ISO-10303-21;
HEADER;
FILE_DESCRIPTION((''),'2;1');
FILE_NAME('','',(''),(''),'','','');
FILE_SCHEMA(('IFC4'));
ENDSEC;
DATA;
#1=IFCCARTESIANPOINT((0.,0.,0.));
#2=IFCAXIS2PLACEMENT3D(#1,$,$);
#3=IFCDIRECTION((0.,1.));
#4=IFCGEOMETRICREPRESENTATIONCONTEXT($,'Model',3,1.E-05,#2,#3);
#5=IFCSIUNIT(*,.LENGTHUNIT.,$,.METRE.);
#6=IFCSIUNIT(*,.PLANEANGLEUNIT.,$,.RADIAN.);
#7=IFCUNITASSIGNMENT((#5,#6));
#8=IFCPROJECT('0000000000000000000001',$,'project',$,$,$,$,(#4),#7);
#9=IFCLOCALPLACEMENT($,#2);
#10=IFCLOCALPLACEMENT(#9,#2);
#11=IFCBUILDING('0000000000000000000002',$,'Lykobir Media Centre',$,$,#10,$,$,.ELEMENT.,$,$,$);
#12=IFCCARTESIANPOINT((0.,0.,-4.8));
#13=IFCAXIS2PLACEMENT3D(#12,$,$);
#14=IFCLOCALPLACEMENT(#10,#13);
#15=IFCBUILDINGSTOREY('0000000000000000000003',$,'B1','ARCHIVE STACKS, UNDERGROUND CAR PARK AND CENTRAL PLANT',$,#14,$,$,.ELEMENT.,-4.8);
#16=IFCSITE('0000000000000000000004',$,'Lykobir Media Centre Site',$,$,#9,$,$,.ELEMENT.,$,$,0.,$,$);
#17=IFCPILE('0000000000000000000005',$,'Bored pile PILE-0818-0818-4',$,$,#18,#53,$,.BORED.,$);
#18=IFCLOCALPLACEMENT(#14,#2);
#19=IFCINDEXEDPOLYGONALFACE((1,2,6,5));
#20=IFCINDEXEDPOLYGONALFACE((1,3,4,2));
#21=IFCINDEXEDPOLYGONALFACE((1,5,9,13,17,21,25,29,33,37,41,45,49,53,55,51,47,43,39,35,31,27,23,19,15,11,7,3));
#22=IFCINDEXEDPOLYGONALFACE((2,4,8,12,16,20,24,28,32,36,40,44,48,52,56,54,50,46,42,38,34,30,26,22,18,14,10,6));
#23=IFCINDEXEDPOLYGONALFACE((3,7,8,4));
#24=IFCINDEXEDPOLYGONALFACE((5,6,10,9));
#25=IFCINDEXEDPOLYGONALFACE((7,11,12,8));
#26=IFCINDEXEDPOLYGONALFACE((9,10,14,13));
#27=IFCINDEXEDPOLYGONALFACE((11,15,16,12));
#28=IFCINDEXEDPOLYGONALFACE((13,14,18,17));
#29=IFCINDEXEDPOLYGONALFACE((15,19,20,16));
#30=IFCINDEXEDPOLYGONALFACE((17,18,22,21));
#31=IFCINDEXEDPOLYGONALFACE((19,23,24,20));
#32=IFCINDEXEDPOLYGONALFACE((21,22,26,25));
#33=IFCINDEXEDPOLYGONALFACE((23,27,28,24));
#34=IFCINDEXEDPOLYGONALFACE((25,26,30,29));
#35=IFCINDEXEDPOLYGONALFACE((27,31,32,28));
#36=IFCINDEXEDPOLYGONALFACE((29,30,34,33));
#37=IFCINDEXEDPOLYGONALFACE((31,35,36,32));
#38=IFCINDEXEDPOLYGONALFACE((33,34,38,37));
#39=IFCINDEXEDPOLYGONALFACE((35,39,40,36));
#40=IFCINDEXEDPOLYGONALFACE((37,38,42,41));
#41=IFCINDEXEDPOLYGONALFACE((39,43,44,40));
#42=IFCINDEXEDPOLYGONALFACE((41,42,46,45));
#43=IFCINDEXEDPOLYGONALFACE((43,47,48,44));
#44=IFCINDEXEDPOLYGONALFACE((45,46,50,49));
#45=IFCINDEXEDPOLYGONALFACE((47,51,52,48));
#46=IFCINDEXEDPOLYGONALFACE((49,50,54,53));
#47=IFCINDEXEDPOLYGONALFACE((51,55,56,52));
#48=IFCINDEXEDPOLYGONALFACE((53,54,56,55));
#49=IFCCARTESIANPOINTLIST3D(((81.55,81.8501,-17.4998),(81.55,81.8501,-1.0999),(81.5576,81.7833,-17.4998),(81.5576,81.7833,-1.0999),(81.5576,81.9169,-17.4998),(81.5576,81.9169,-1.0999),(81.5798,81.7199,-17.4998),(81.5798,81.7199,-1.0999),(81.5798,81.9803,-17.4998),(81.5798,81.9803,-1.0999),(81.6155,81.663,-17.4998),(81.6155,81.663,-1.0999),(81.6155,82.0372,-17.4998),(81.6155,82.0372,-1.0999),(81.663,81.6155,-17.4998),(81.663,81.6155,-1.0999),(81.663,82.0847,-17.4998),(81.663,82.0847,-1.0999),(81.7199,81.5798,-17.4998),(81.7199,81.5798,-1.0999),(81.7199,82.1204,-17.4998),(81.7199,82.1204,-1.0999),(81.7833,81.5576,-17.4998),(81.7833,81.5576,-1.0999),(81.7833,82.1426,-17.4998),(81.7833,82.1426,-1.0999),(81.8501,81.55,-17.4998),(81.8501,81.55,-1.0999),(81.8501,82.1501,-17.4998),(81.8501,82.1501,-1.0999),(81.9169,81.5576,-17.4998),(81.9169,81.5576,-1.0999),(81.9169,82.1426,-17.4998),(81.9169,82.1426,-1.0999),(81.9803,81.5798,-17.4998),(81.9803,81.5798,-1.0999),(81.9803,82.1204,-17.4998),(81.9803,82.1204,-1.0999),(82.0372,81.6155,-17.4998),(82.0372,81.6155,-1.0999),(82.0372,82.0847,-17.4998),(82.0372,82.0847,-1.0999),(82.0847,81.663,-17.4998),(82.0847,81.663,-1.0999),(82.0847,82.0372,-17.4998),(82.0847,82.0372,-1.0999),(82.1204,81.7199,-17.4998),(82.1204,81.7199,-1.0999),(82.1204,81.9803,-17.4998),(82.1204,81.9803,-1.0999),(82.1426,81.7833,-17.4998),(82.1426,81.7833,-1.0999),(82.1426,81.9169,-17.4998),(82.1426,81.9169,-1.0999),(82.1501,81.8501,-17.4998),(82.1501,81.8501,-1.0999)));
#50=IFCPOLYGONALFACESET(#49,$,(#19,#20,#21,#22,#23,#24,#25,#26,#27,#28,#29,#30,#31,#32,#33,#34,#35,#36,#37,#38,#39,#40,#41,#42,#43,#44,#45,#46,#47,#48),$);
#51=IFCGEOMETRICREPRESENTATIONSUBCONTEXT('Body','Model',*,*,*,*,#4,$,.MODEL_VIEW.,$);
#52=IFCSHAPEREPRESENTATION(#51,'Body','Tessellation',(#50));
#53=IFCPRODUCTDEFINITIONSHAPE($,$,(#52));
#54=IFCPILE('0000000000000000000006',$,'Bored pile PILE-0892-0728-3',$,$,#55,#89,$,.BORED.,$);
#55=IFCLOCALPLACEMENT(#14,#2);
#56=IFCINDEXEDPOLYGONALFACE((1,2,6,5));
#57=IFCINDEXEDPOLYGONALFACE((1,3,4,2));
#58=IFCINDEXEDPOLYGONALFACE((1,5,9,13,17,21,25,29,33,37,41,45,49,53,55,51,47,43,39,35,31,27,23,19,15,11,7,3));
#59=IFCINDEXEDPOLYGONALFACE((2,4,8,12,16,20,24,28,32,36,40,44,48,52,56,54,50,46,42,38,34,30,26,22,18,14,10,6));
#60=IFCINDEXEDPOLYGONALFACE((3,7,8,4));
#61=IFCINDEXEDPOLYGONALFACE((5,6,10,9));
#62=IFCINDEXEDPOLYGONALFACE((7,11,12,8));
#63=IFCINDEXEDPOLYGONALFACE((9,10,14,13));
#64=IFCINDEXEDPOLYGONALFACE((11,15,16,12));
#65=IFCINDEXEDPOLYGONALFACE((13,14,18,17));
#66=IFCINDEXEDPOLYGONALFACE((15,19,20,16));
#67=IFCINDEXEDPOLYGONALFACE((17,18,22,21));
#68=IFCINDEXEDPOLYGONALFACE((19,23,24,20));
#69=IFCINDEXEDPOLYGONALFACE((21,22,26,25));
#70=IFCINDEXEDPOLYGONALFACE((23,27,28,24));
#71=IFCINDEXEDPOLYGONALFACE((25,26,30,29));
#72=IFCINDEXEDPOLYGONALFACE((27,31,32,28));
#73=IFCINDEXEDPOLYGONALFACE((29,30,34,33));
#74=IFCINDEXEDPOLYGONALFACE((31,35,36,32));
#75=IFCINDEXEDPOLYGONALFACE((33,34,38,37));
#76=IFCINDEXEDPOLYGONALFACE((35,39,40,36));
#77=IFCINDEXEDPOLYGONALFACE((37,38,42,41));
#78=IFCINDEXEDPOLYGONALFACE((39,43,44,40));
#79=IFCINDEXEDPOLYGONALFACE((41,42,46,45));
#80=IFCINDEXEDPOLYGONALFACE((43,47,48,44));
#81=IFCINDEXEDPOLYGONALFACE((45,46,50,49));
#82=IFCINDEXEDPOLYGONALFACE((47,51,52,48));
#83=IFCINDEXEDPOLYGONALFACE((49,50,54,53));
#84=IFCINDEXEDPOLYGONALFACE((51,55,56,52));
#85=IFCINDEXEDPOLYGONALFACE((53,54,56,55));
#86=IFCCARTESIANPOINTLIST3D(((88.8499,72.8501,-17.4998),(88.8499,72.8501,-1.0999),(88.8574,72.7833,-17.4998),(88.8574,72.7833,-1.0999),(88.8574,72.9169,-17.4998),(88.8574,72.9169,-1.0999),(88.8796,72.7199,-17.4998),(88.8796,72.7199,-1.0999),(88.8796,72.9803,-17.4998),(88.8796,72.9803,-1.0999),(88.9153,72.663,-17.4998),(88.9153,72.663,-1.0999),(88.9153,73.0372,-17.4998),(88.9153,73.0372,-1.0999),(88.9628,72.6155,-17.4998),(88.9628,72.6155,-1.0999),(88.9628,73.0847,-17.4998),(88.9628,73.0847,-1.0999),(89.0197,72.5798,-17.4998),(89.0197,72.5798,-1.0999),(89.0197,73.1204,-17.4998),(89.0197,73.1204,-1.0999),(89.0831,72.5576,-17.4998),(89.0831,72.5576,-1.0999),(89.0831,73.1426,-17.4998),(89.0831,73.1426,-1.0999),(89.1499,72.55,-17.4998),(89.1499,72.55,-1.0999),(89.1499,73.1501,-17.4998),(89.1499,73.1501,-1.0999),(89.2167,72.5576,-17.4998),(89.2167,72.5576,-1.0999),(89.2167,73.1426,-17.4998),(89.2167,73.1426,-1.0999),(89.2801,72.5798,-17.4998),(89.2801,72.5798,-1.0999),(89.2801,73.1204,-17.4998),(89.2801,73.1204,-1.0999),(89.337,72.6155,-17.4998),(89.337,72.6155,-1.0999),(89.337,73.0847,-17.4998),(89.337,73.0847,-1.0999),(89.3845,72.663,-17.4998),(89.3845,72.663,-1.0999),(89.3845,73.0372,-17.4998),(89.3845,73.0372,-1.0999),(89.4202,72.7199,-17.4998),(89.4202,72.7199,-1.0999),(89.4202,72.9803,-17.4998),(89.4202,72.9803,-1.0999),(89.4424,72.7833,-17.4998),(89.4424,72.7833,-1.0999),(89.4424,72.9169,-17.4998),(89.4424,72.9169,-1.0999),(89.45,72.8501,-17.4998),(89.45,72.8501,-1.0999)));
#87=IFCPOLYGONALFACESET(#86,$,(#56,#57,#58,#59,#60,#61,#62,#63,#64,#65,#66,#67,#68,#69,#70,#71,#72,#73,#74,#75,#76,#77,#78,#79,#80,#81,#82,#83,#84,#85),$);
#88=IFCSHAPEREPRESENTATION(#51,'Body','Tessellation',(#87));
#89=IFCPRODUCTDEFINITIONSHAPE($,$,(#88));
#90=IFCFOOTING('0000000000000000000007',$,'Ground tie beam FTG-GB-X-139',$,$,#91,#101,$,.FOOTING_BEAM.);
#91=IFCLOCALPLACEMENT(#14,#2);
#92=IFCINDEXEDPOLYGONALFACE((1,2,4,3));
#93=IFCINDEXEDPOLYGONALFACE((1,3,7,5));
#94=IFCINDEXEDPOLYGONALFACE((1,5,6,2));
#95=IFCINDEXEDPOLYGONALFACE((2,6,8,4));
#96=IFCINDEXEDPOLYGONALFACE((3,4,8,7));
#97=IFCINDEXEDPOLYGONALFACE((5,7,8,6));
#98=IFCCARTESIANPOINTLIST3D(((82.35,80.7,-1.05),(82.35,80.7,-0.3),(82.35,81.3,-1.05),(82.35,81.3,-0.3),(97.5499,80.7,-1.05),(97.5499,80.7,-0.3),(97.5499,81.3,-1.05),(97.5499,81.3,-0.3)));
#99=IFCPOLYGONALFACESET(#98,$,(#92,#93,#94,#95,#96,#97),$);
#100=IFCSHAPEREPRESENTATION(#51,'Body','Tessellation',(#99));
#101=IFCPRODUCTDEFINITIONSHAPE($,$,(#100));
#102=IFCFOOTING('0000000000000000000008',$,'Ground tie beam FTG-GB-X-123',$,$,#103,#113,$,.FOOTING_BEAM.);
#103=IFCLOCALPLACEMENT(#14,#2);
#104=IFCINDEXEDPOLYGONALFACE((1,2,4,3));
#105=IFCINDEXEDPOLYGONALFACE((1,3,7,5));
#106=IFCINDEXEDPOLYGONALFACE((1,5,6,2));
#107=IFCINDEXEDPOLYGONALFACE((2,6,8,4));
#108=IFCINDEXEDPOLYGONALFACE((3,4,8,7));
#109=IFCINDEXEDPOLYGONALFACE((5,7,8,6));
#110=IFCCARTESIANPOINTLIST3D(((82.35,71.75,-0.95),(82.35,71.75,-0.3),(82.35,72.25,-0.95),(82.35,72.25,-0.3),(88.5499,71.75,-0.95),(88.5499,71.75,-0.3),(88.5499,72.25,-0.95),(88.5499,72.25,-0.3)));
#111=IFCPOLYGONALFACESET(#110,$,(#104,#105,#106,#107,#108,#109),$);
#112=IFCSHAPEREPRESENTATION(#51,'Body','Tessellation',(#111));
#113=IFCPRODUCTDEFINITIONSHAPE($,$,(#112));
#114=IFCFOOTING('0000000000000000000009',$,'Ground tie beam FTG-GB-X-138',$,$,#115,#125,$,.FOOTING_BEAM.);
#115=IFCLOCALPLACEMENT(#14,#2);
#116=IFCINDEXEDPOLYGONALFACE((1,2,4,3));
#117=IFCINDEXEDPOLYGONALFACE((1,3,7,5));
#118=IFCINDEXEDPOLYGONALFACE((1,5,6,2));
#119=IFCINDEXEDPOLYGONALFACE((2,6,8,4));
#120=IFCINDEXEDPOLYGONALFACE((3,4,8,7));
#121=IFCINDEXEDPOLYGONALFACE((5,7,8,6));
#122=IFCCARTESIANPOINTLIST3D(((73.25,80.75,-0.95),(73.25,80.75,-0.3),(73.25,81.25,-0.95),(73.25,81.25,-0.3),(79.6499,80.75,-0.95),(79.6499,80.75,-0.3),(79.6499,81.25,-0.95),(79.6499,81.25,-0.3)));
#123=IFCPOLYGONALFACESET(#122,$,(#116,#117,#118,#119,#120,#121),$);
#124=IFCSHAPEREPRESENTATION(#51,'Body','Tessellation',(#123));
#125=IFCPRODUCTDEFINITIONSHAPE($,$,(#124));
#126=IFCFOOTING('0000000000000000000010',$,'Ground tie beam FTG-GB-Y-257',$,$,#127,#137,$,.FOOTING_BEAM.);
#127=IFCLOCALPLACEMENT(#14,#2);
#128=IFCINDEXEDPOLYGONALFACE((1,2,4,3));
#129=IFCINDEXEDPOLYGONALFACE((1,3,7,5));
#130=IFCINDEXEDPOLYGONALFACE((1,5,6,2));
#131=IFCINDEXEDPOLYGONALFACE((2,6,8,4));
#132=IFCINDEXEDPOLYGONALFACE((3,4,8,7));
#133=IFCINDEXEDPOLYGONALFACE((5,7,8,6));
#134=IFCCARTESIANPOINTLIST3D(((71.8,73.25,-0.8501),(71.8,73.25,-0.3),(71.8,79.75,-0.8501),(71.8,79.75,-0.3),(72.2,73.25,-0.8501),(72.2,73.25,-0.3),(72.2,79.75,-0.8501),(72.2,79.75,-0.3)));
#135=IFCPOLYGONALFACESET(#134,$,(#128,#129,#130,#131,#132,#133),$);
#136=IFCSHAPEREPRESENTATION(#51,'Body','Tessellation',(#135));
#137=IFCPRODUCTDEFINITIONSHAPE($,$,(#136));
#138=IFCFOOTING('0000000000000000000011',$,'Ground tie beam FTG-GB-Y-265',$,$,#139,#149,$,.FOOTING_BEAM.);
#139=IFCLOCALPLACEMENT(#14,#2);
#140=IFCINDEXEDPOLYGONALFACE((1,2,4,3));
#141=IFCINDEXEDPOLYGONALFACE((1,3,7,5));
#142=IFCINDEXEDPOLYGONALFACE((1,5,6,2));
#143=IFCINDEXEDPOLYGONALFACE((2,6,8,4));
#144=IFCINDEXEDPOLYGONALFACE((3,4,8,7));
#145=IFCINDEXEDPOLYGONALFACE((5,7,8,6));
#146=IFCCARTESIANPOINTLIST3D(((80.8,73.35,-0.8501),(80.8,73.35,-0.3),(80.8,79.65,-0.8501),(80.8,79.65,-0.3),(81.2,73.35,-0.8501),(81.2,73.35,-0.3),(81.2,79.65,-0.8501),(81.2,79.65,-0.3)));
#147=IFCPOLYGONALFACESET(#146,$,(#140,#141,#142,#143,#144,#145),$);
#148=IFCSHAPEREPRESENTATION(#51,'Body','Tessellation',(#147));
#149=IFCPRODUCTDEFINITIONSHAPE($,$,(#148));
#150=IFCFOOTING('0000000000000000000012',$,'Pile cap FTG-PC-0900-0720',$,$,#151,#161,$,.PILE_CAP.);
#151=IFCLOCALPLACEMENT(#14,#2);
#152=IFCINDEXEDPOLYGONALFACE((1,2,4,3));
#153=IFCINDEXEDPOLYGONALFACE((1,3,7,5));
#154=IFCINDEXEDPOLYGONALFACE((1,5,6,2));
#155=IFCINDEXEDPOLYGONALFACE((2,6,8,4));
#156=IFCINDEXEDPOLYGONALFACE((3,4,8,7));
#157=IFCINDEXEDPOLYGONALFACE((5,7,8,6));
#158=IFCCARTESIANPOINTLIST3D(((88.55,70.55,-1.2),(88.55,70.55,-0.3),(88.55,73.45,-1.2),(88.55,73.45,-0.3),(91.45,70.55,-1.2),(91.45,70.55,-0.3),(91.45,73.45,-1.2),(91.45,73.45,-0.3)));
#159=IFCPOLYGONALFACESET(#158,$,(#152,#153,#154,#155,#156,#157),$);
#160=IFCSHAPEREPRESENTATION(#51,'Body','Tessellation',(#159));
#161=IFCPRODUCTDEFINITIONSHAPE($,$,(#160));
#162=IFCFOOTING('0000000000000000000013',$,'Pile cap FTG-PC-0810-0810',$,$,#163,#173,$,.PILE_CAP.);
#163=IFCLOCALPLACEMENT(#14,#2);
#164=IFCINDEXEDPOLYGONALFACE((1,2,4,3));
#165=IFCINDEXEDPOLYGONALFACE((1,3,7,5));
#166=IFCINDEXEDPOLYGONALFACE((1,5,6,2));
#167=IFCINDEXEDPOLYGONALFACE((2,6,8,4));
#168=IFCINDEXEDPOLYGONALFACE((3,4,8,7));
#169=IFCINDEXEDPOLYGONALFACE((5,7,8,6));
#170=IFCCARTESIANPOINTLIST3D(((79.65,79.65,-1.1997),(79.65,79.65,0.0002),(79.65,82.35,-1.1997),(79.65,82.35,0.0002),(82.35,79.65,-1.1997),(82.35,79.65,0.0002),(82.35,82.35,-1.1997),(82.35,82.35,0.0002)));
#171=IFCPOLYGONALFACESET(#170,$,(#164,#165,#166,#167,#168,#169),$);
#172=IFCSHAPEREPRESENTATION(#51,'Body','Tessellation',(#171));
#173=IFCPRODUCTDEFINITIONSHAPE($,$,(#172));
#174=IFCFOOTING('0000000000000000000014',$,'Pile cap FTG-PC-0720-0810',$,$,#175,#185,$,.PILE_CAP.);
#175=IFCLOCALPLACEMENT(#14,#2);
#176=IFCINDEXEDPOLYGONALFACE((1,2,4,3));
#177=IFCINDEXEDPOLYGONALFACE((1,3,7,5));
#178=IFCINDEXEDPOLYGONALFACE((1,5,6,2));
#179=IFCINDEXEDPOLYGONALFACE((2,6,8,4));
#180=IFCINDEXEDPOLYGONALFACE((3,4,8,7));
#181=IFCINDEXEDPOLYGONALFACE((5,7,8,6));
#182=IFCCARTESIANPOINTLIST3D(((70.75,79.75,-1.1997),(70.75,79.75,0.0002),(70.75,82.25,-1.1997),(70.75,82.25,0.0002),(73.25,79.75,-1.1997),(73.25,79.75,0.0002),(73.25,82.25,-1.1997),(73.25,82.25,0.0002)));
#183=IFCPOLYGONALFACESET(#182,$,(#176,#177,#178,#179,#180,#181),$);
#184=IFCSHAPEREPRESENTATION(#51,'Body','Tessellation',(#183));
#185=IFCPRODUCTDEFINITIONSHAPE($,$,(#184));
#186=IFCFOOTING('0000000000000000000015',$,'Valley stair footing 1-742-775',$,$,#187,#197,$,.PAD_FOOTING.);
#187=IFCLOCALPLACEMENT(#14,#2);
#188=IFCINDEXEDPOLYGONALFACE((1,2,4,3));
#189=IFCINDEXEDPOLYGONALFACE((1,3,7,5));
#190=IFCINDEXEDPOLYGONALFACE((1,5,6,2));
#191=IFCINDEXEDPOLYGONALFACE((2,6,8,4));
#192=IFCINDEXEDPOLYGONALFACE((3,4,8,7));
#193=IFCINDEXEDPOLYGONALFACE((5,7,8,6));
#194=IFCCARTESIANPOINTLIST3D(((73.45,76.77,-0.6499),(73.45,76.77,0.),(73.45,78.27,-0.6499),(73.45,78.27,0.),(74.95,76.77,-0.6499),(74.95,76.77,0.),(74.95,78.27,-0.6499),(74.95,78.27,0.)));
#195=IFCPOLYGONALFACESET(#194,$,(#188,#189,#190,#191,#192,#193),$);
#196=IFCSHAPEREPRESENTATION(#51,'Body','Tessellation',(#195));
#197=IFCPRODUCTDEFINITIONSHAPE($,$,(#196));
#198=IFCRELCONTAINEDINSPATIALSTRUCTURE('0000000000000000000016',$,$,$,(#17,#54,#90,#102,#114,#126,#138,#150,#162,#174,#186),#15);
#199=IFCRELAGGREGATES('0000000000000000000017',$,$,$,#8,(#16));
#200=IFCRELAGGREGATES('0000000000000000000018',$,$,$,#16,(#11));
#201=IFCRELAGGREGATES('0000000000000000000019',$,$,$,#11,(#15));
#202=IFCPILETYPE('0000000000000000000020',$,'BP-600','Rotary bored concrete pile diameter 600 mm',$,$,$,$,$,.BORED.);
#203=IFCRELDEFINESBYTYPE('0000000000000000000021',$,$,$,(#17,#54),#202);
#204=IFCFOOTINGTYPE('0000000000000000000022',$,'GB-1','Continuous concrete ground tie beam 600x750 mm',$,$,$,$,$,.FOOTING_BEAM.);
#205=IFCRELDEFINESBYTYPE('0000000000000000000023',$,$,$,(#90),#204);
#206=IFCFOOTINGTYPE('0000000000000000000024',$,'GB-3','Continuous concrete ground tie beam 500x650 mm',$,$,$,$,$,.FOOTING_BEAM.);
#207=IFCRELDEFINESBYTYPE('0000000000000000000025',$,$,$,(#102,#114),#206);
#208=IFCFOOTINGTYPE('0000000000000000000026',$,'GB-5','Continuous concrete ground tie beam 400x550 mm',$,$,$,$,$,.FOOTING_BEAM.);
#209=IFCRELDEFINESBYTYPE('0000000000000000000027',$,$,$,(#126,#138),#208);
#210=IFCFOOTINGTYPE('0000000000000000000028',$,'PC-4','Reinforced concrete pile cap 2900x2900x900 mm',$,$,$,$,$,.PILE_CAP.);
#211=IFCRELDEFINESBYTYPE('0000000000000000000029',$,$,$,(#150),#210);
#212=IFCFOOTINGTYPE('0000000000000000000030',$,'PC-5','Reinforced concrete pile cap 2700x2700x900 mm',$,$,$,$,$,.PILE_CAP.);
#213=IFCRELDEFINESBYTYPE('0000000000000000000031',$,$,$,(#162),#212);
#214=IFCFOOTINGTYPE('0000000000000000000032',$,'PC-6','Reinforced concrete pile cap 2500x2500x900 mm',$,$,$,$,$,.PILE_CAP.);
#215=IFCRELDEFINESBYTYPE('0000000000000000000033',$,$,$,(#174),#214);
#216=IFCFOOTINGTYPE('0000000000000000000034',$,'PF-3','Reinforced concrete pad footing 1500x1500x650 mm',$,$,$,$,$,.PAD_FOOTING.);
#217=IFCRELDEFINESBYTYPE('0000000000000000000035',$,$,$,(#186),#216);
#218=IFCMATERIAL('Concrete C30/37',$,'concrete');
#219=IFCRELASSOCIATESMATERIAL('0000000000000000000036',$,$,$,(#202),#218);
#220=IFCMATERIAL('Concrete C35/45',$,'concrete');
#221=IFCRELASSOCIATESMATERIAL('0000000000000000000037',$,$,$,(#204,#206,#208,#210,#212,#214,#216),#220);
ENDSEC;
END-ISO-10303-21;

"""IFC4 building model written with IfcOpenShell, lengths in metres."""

from ifc_helpers import new_model, si_unit, direction, frame, origin, origin_2d, place, context, subcontext, project, spatial, rectangle, circle, extrude, material, material_profile, profile_set, type_object, element, save


model = new_model("IFC4")

# Units and contexts
model_context = context("Model", 3, precision=1e-05, world=origin(), true_north=direction((0.0, 1.0)))
body_context = subcontext(model_context, "Body", "Model", "MODEL_VIEW")
ifc_project = project(units=[si_unit("LENGTHUNIT", "METRE"), si_unit("PLANEANGLEUNIT", "RADIAN")], contexts=[model_context])

# Site, building, storey
site_placement = place(None, origin())
site = spatial("IfcSite", under=ifc_project, at=site_placement, Name="Lykobir Media Centre Site", CompositionType="ELEMENT", RefElevation=0.0)
building_placement = place(site_placement, origin())
building = spatial("IfcBuilding", under=site, at=building_placement, Name="Lykobir Media Centre", CompositionType="ELEMENT")
storey_placement = place(building_placement, frame((0.0, 0.0, -4.8)))
storey = spatial("IfcBuildingStorey", under=building, at=storey_placement, Name="B1", Description="ARCHIVE STACKS, UNDERGROUND CAR PARK AND CENTRAL PLANT", CompositionType="ELEMENT", Elevation=-4.8)

# Piles
ifc_material_1 = material(Name="Concrete C30/37", Category="concrete")
ifc_material_profile_1 = material_profile(ifc_material_1, circle(Radius=0.3, at=origin_2d()), Name="BORED PILE D600")
ifc_profile_set_1 = profile_set([ifc_material_profile_1], Name="Concrete C30/37")
pile_type = type_object("IfcPileType", Name="BP-600", Description="Rotary bored concrete pile diameter 600 mm", PredefinedType="BORED", material=ifc_profile_set_1)
for number, where, z_axis, x_axis, name in (
    (1, (81.8501, 81.8501, -1.0999), (0.0, 0.0, -1.0), (1.0, 0.0, 0.0), "Bored pile PILE-0818-0818-4"),
    (2, (89.1499, 72.8501, -1.0999), (0.0, 0.0, -1.0), (1.0, 0.0, 0.0), "Bored pile PILE-0892-0728-3"),
):
    element("IfcPile", number, at=place(storey_placement, frame(where, z_axis=z_axis, x_axis=x_axis)), inside=storey, type_object=pile_type, Name=name, PredefinedType="BORED", context=body_context, shape_type="SweptSolid", body=[
        extrude(circle(Radius=0.3, at=origin_2d()), origin(), (0.0, 0.0, 1.0), 16.3999),
    ])

# Footings
ifc_material_2 = material(Name="Concrete C35/45", Category="concrete")
footing_type_1 = type_object("IfcFootingType", Name="GB-1", Description="Continuous concrete ground tie beam 600x750 mm", PredefinedType="FOOTING_BEAM", material=ifc_material_2)
footing_1_placement = place(storey_placement, frame((89.95, 81.0, -1.05), z_axis=(0.0, 0.0, 1.0), x_axis=(1.0, 0.0, 0.0)))
element("IfcFooting", 3, at=footing_1_placement, inside=storey, type_object=footing_type_1, Name="Ground tie beam FTG-GB-X-139", PredefinedType="FOOTING_BEAM", context=body_context, shape_type="SweptSolid", body=[
    extrude(rectangle(XDim=15.2, YDim=0.6001, at=origin_2d()), origin(), (0.0, 0.0, 1.0), 0.75),
])
footing_type_2 = type_object("IfcFootingType", Name="GB-3", Description="Continuous concrete ground tie beam 500x650 mm", PredefinedType="FOOTING_BEAM", material=ifc_material_2)
footing_2_placement = place(storey_placement, frame((85.45, 72.0, -0.95), z_axis=(0.0, 0.0, 1.0), x_axis=(1.0, 0.0, 0.0)))
element("IfcFooting", 4, at=footing_2_placement, inside=storey, type_object=footing_type_2, Name="Ground tie beam FTG-GB-X-123", PredefinedType="FOOTING_BEAM", context=body_context, shape_type="SweptSolid", body=[
    extrude(rectangle(XDim=6.2, YDim=0.5, at=origin_2d()), origin(), (0.0, 0.0, 1.0), 0.6499),
])
footing_3_placement = place(storey_placement, frame((76.45, 81.0, -0.95), z_axis=(0.0, 0.0, 1.0), x_axis=(1.0, 0.0, 0.0)))
element("IfcFooting", 5, at=footing_3_placement, inside=storey, type_object=footing_type_2, Name="Ground tie beam FTG-GB-X-138", PredefinedType="FOOTING_BEAM", context=body_context, shape_type="SweptSolid", body=[
    extrude(rectangle(XDim=6.3999, YDim=0.5, at=origin_2d()), origin(), (0.0, 0.0, 1.0), 0.6499),
])
footing_type_3 = type_object("IfcFootingType", Name="GB-5", Description="Continuous concrete ground tie beam 400x550 mm", PredefinedType="FOOTING_BEAM", material=ifc_material_2)
footing_4_placement = place(storey_placement, frame((72.0, 76.5, -0.8501), z_axis=(0.0, 0.0, 1.0), x_axis=(0.0, 1.0, 0.0)))
element("IfcFooting", 6, at=footing_4_placement, inside=storey, type_object=footing_type_3, Name="Ground tie beam FTG-GB-Y-257", PredefinedType="FOOTING_BEAM", context=body_context, shape_type="SweptSolid", body=[
    extrude(rectangle(XDim=6.5, YDim=0.3999, at=origin_2d()), origin(), (0.0, 0.0, 1.0), 0.55),
])
footing_5_placement = place(storey_placement, frame((81.0, 76.5, -0.8501), z_axis=(0.0, 0.0, 1.0), x_axis=(0.0, 1.0, 0.0)))
element("IfcFooting", 7, at=footing_5_placement, inside=storey, type_object=footing_type_3, Name="Ground tie beam FTG-GB-Y-265", PredefinedType="FOOTING_BEAM", context=body_context, shape_type="SweptSolid", body=[
    extrude(rectangle(XDim=6.3, YDim=0.3999, at=origin_2d()), origin(), (0.0, 0.0, 1.0), 0.55),
])
footing_type_4 = type_object("IfcFootingType", Name="PC-4", Description="Reinforced concrete pile cap 2900x2900x900 mm", PredefinedType="PILE_CAP", material=ifc_material_2)
footing_6_placement = place(storey_placement, frame((90.0, 72.0, -1.2), z_axis=(0.0, 0.0, 1.0), x_axis=(1.0, 0.0, 0.0)))
element("IfcFooting", 8, at=footing_6_placement, inside=storey, type_object=footing_type_4, Name="Pile cap FTG-PC-0900-0720", PredefinedType="PILE_CAP", context=body_context, shape_type="SweptSolid", body=[
    extrude(rectangle(XDim=2.8999, YDim=2.8999, at=origin_2d()), origin(), (0.0, 0.0, 1.0), 0.8999),
])
footing_type_5 = type_object("IfcFootingType", Name="PC-5", Description="Reinforced concrete pile cap 2700x2700x900 mm", PredefinedType="PILE_CAP", material=ifc_material_2)
footing_7_placement = place(storey_placement, frame((81.0, 81.0, -1.1997), z_axis=(0.0, 0.0, 1.0), x_axis=(1.0, 0.0, 0.0)))
element("IfcFooting", 9, at=footing_7_placement, inside=storey, type_object=footing_type_5, Name="Pile cap FTG-PC-0810-0810", PredefinedType="PILE_CAP", context=body_context, shape_type="SweptSolid", body=[
    extrude(rectangle(XDim=2.7, YDim=2.7, at=origin_2d()), origin(), (0.0, 0.0, 1.0), 1.2),
])
footing_type_6 = type_object("IfcFootingType", Name="PC-6", Description="Reinforced concrete pile cap 2500x2500x900 mm", PredefinedType="PILE_CAP", material=ifc_material_2)
footing_8_placement = place(storey_placement, frame((72.0, 81.0, -1.1997), z_axis=(0.0, 0.0, 1.0), x_axis=(1.0, 0.0, 0.0)))
element("IfcFooting", 10, at=footing_8_placement, inside=storey, type_object=footing_type_6, Name="Pile cap FTG-PC-0720-0810", PredefinedType="PILE_CAP", context=body_context, shape_type="SweptSolid", body=[
    extrude(rectangle(XDim=2.5, YDim=2.5, at=origin_2d()), origin(), (0.0, 0.0, 1.0), 1.2),
])
footing_type_7 = type_object("IfcFootingType", Name="PF-3", Description="Reinforced concrete pad footing 1500x1500x650 mm", PredefinedType="PAD_FOOTING", material=ifc_material_2)
for number, where, z_axis, x_axis, name in (
    (11, (74.2, 77.52, -0.6499), (0.0, 0.0, 1.0), (1.0, 0.0, 0.0), "Valley stair footing 1-742-775"),
):
    element("IfcFooting", number, at=place(storey_placement, frame(where, z_axis=z_axis, x_axis=x_axis)), inside=storey, type_object=footing_type_7, Name=name, PredefinedType="PAD_FOOTING", context=body_context, shape_type="SweptSolid", body=[
        extrude(rectangle(XDim=1.5, YDim=1.5, at=origin_2d()), origin(), (0.0, 0.0, 1.0), 0.6499),
    ])

save(model, "model.ifc")
